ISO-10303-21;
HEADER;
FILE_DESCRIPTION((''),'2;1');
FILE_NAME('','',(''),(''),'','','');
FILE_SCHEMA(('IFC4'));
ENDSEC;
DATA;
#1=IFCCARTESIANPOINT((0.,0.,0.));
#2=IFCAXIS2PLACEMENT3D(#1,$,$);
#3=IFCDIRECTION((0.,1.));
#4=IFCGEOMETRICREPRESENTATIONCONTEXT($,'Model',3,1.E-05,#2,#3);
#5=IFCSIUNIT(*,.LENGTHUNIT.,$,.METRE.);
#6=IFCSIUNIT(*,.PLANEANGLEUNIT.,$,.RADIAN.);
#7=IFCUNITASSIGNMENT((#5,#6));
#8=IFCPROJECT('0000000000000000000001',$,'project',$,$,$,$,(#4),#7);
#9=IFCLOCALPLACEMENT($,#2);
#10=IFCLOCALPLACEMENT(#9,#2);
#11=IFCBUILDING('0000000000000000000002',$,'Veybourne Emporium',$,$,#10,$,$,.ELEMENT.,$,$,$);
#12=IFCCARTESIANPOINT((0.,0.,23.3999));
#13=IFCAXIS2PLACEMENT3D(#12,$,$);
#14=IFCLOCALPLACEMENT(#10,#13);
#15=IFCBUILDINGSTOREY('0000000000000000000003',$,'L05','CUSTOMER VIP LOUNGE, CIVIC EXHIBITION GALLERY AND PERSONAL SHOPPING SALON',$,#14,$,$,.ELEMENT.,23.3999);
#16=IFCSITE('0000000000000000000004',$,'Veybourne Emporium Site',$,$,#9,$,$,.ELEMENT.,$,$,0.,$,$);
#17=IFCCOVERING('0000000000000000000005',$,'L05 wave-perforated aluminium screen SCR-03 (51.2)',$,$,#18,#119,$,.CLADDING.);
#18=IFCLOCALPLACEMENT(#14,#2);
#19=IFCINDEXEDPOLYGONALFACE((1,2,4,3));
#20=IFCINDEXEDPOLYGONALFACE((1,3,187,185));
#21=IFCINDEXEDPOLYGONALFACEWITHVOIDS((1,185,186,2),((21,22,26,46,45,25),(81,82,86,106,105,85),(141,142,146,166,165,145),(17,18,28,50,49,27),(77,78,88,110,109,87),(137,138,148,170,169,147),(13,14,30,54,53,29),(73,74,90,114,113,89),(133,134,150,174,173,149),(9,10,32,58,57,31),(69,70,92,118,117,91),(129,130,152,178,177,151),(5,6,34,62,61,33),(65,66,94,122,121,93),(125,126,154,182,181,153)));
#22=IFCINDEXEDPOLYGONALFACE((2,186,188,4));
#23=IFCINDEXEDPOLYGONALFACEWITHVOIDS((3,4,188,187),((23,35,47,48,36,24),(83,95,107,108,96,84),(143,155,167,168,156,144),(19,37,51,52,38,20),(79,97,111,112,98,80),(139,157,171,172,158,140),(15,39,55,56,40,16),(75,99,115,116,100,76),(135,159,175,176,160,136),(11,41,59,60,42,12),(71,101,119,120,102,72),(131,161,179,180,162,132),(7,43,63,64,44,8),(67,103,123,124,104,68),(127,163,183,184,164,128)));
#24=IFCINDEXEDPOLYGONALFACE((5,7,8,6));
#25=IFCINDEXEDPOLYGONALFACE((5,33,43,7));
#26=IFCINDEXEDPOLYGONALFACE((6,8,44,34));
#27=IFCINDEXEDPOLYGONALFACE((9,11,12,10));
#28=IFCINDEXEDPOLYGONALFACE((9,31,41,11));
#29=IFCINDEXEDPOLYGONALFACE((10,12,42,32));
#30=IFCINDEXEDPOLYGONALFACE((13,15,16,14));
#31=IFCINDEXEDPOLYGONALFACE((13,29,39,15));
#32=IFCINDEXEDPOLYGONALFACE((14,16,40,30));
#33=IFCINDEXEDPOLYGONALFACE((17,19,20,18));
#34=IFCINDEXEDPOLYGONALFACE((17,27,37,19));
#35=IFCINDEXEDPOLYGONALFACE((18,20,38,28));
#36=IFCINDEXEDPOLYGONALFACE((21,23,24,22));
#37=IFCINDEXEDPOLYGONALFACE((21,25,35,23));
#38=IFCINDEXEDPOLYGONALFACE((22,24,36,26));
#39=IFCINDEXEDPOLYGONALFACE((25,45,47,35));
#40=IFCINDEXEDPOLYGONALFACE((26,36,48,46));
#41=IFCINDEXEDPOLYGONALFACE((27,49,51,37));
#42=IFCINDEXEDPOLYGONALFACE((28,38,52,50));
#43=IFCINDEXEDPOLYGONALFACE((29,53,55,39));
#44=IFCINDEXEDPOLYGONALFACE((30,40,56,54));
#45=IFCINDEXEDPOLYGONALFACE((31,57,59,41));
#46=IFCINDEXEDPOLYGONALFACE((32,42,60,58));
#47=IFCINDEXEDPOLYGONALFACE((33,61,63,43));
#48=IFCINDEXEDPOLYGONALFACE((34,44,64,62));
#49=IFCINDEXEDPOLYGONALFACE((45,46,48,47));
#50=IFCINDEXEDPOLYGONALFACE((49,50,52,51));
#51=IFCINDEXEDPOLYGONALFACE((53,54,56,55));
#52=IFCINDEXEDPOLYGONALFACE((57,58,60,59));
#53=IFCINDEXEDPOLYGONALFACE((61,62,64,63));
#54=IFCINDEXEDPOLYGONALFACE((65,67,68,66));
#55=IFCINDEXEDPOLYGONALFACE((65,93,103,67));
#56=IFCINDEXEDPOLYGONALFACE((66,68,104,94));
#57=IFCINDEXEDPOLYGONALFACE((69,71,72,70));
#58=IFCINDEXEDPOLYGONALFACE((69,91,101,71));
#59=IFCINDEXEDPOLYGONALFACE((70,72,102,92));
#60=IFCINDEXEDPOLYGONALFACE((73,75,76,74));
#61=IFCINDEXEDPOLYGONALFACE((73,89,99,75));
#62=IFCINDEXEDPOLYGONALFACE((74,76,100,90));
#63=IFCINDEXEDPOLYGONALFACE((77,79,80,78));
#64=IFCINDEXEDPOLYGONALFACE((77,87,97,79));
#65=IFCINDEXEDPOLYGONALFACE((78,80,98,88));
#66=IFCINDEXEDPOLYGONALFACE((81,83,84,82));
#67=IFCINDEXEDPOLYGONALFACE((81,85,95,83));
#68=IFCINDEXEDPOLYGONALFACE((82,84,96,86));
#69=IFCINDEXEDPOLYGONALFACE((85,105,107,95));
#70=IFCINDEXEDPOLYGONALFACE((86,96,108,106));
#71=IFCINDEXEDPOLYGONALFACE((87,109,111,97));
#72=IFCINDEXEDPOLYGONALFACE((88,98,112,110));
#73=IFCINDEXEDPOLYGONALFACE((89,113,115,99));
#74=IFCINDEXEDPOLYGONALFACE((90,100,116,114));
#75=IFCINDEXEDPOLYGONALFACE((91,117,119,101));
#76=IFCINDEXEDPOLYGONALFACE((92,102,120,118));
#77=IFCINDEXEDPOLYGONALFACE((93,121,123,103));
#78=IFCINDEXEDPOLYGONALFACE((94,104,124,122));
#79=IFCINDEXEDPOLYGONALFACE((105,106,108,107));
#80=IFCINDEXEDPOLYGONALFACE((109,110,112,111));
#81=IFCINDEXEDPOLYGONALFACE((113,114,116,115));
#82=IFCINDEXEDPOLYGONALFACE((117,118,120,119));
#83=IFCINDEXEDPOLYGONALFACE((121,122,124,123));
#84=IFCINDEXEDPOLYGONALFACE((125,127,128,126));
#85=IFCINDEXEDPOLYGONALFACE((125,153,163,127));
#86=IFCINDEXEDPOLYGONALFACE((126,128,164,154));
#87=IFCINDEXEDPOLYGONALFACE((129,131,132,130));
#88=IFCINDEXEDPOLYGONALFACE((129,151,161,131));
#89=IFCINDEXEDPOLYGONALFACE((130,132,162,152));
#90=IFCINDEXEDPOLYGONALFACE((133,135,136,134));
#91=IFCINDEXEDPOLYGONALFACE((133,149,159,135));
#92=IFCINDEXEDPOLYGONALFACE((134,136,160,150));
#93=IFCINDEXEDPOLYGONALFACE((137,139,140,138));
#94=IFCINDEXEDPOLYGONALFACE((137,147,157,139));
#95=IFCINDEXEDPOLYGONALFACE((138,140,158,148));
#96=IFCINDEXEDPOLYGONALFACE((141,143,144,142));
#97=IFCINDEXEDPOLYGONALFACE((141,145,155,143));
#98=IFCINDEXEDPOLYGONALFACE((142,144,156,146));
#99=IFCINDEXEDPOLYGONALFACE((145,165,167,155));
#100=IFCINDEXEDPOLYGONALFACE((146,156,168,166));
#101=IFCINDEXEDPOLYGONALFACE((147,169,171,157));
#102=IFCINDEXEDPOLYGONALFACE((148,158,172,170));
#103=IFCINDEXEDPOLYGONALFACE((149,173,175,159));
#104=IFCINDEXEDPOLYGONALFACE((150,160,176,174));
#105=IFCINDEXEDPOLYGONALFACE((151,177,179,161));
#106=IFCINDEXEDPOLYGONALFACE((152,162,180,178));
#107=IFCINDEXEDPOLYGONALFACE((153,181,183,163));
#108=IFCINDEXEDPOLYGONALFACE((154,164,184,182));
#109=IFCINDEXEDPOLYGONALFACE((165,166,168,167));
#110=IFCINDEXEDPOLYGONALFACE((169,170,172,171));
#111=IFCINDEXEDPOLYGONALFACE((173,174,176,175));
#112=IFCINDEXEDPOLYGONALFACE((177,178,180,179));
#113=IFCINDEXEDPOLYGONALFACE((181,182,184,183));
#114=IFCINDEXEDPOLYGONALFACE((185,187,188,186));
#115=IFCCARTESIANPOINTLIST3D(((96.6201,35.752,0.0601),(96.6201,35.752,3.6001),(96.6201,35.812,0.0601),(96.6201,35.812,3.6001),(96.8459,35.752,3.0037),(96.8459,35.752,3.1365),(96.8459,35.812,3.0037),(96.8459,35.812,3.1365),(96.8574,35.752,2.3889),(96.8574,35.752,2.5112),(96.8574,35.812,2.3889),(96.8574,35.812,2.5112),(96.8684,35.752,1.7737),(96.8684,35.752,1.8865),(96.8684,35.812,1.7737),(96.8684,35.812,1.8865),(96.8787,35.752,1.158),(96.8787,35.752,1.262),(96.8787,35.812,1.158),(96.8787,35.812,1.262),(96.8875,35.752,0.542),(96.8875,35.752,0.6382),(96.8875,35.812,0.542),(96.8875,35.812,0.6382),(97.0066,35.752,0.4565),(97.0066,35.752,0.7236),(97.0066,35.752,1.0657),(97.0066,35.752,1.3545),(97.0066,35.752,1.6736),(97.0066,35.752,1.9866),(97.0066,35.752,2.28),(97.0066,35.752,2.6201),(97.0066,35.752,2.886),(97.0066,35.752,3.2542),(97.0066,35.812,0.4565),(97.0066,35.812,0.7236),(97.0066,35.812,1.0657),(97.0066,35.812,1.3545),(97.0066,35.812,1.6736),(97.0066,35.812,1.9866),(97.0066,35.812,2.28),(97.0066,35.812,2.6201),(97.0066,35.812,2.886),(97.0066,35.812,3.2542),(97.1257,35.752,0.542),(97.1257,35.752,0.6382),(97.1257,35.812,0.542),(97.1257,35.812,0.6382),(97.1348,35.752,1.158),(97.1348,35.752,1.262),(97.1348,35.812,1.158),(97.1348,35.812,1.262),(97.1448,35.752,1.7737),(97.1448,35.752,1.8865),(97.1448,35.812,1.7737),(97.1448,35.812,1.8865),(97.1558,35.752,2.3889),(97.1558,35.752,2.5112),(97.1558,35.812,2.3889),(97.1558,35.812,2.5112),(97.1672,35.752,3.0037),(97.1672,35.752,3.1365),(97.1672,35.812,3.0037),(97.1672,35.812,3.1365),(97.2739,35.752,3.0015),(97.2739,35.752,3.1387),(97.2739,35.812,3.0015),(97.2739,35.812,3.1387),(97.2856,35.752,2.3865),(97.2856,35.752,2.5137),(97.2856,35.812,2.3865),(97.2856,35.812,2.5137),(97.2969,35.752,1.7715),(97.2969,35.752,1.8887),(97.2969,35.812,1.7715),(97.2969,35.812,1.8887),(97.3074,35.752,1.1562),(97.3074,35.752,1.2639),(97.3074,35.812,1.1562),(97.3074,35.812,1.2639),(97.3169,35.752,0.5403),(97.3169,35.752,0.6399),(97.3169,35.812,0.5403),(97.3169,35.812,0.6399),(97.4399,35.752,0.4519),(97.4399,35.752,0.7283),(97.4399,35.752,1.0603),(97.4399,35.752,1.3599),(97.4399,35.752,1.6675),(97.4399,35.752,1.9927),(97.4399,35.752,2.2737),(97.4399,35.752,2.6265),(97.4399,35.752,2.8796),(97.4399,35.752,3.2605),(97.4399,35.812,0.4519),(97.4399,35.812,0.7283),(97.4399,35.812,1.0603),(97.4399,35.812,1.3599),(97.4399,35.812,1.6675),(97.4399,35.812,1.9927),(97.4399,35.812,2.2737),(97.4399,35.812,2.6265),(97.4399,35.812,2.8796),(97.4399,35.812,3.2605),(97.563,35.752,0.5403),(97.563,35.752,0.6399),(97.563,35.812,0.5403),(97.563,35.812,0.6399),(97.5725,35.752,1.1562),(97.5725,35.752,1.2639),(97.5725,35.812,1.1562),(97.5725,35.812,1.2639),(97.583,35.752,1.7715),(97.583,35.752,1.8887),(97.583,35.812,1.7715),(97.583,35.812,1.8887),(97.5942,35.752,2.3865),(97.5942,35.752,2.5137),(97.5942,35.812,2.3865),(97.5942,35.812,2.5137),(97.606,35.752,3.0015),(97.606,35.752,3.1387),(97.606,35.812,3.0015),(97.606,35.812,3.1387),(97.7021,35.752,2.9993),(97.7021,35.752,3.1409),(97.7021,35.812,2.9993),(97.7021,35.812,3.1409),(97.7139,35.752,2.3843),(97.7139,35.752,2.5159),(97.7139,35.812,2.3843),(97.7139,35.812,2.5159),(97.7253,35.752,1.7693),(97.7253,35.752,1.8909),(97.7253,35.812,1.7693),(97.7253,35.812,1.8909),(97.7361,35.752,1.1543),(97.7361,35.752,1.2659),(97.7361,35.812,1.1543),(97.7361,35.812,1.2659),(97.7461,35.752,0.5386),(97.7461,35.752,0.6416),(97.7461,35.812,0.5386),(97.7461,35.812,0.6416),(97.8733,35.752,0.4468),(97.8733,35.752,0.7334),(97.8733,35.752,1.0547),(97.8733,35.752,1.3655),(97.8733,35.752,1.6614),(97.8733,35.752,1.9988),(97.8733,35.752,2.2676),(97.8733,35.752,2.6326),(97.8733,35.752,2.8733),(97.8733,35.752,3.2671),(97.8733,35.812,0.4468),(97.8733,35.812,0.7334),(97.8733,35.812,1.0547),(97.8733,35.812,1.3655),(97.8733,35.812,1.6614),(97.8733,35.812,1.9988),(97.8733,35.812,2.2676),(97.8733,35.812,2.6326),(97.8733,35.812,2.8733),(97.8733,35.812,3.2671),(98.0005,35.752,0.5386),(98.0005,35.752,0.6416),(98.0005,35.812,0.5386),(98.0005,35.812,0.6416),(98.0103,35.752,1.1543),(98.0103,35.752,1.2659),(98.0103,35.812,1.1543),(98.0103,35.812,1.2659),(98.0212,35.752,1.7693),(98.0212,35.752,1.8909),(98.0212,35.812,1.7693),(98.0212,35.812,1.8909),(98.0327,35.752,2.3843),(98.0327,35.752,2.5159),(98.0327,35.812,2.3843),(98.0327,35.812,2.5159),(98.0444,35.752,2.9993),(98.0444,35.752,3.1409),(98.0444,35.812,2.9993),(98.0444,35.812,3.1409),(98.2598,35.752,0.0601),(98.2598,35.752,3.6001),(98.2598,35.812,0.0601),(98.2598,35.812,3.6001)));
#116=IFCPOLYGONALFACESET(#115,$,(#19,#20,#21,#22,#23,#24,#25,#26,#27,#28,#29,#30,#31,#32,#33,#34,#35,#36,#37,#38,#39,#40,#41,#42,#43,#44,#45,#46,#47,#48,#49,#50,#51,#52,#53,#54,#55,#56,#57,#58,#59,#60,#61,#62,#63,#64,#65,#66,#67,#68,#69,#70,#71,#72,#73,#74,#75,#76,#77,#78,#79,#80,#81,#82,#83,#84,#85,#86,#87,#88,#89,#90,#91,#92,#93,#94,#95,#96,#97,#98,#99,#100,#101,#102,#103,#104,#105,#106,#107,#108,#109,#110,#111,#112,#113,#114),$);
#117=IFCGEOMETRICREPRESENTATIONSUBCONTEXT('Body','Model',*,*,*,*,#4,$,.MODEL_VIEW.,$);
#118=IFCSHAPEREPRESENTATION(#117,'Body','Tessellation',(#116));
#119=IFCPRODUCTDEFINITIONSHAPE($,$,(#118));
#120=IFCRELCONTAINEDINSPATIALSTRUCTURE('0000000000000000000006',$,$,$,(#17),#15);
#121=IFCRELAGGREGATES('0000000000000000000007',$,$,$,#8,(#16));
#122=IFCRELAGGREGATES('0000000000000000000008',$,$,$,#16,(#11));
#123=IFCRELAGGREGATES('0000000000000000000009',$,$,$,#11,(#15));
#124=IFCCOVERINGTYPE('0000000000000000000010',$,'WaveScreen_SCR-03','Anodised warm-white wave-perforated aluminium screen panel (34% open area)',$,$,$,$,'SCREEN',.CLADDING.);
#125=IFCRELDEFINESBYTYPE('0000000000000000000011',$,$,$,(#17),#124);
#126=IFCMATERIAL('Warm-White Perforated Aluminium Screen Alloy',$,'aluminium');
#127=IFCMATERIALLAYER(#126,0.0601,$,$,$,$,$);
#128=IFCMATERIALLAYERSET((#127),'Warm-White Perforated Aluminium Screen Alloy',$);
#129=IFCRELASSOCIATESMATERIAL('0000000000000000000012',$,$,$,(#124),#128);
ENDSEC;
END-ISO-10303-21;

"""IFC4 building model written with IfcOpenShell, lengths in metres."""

from ifc_helpers import new_model, si_unit, direction, frame, origin, place, context, subcontext, project, spatial, polyline, outline, extrude, material, layer, layer_set, type_object, element, save


model = new_model("IFC4")

# Units and contexts
model_context = context("Model", 3, precision=1e-05, world=origin(), true_north=direction((0.0, 1.0)))
body_context = subcontext(model_context, "Body", "Model", "MODEL_VIEW")
ifc_project = project(units=[si_unit("LENGTHUNIT", "METRE"), si_unit("PLANEANGLEUNIT", "RADIAN")], contexts=[model_context])

# Site, building, storey
site_placement = place(None, origin())
site = spatial("IfcSite", under=ifc_project, at=site_placement, Name="Veybourne Emporium Site", CompositionType="ELEMENT", RefElevation=0.0)
building_placement = place(site_placement, origin())
building = spatial("IfcBuilding", under=site, at=building_placement, Name="Veybourne Emporium", CompositionType="ELEMENT")
storey_placement = place(building_placement, frame((0.0, 0.0, 23.3999)))
storey = spatial("IfcBuildingStorey", under=building, at=storey_placement, Name="L05", Description="CUSTOMER VIP LOUNGE, CIVIC EXHIBITION GALLERY AND PERSONAL SHOPPING SALON", CompositionType="ELEMENT", Elevation=23.3999)

# Covering
ifc_material_1 = material(Name="Warm-White Perforated Aluminium Screen Alloy", Category="aluminium")
ifc_layer_1 = layer(ifc_material_1, 0.0601)
ifc_layer_set_1 = layer_set([ifc_layer_1], Name="Warm-White Perforated Aluminium Screen Alloy")
covering_type_1 = type_object("IfcCoveringType", Name="WaveScreen_SCR-03", Description="Anodised warm-white wave-perforated aluminium screen panel (34% open area)", ElementType="SCREEN", PredefinedType="CLADDING", material=ifc_layer_set_1)
covering_1_placement = place(storey_placement, frame((97.4399, 35.752, 1.8301), z_axis=(0.0, 1.0, 0.0), x_axis=(-1.0, 0.0, 0.0)))
element("IfcCovering", 1, at=covering_1_placement, inside=storey, type_object=covering_type_1, Name="L05 wave-perforated aluminium screen SCR-03 (51.2)", PredefinedType="CLADDING", context=body_context, shape_type="SweptSolid", body=[
    extrude(outline(polyline([(-0.8198, -1.77), (0.8198, -1.77), (0.8198, 1.77), (-0.8198, 1.77), (-0.8198, -1.77)]), holes=[polyline([(-0.4333, -1.0967), (-0.3062, -1.1885), (-0.3062, -1.2915), (-0.4333, -1.3833), (-0.5605, -1.2915), (-0.5605, -1.1885), (-0.4333, -1.0967)]), polyline([(-0.4333, -0.4646), (-0.2961, -0.5642), (-0.2961, -0.6758), (-0.4333, -0.7754), (-0.5703, -0.6758), (-0.5703, -0.5642), (-0.4333, -0.4646)]), polyline([(-0.4333, 0.1687), (-0.2854, 0.0608), (-0.2854, -0.0608), (-0.4333, -0.1687), (-0.5813, -0.0608), (-0.5813, 0.0608), (-0.4333, 0.1687)]), polyline([(-0.4333, 0.8025), (-0.2739, 0.6858), (-0.2739, 0.5542), (-0.4333, 0.4375), (-0.5928, 0.5542), (-0.5928, 0.6858), (-0.4333, 0.8025)]), polyline([(-0.4333, 1.437), (-0.2622, 1.3108), (-0.2622, 1.1692), (-0.4333, 1.0432), (-0.6045, 1.1692), (-0.6045, 1.3108), (-0.4333, 1.437)]), polyline([(0.0, -1.1018), (0.123, -1.1902), (0.123, -1.2898), (0.0, -1.3782), (-0.123, -1.2898), (-0.123, -1.1902), (0.0, -1.1018)]), polyline([(0.0, -0.4702), (0.1326, -0.5662), (0.1326, -0.6738), (0.0, -0.7698), (-0.1326, -0.6738), (-0.1326, -0.5662), (0.0, -0.4702)]), polyline([(0.0, 0.1626), (0.1431, 0.0586), (0.1431, -0.0586), (0.0, -0.1626), (-0.1431, -0.0586), (-0.1431, 0.0586), (0.0, 0.1626)]), polyline([(0.0, 0.7964), (0.1543, 0.6836), (0.1543, 0.5564), (0.0, 0.4436), (-0.1543, 0.5564), (-0.1543, 0.6836), (0.0, 0.7964)]), polyline([(0.0, 1.4304), (0.166, 1.3086), (0.166, 1.1714), (0.0, 1.0496), (-0.166, 1.1714), (-0.166, 1.3086), (0.0, 1.4304)]), polyline([(0.4333, -1.1064), (0.5525, -1.1919), (0.5525, -1.2881), (0.4333, -1.3735), (0.3142, -1.2881), (0.3142, -1.1919), (0.4333, -1.1064)]), polyline([(0.4333, -0.4756), (0.5613, -0.5681), (0.5613, -0.6721), (0.4333, -0.7644), (0.3052, -0.6721), (0.3052, -0.5681), (0.4333, -0.4756)]), polyline([(0.4333, 0.1565), (0.5715, 0.0564), (0.5715, -0.0564), (0.4333, -0.1565), (0.2952, -0.0564), (0.2952, 0.0564), (0.4333, 0.1565)]), polyline([(0.4333, 0.79), (0.5825, 0.6812), (0.5825, 0.5588), (0.4333, 0.45), (0.2842, 0.5588), (0.2842, 0.6812), (0.4333, 0.79)]), polyline([(0.4333, 1.4241), (0.594, 1.3064), (0.594, 1.1736), (0.4333, 1.0559), (0.2727, 1.1736), (0.2727, 1.3064), (0.4333, 1.4241)])]), origin(), (0.0, 0.0, 1.0), 0.0601),
])

save(model, "model.ifc")
